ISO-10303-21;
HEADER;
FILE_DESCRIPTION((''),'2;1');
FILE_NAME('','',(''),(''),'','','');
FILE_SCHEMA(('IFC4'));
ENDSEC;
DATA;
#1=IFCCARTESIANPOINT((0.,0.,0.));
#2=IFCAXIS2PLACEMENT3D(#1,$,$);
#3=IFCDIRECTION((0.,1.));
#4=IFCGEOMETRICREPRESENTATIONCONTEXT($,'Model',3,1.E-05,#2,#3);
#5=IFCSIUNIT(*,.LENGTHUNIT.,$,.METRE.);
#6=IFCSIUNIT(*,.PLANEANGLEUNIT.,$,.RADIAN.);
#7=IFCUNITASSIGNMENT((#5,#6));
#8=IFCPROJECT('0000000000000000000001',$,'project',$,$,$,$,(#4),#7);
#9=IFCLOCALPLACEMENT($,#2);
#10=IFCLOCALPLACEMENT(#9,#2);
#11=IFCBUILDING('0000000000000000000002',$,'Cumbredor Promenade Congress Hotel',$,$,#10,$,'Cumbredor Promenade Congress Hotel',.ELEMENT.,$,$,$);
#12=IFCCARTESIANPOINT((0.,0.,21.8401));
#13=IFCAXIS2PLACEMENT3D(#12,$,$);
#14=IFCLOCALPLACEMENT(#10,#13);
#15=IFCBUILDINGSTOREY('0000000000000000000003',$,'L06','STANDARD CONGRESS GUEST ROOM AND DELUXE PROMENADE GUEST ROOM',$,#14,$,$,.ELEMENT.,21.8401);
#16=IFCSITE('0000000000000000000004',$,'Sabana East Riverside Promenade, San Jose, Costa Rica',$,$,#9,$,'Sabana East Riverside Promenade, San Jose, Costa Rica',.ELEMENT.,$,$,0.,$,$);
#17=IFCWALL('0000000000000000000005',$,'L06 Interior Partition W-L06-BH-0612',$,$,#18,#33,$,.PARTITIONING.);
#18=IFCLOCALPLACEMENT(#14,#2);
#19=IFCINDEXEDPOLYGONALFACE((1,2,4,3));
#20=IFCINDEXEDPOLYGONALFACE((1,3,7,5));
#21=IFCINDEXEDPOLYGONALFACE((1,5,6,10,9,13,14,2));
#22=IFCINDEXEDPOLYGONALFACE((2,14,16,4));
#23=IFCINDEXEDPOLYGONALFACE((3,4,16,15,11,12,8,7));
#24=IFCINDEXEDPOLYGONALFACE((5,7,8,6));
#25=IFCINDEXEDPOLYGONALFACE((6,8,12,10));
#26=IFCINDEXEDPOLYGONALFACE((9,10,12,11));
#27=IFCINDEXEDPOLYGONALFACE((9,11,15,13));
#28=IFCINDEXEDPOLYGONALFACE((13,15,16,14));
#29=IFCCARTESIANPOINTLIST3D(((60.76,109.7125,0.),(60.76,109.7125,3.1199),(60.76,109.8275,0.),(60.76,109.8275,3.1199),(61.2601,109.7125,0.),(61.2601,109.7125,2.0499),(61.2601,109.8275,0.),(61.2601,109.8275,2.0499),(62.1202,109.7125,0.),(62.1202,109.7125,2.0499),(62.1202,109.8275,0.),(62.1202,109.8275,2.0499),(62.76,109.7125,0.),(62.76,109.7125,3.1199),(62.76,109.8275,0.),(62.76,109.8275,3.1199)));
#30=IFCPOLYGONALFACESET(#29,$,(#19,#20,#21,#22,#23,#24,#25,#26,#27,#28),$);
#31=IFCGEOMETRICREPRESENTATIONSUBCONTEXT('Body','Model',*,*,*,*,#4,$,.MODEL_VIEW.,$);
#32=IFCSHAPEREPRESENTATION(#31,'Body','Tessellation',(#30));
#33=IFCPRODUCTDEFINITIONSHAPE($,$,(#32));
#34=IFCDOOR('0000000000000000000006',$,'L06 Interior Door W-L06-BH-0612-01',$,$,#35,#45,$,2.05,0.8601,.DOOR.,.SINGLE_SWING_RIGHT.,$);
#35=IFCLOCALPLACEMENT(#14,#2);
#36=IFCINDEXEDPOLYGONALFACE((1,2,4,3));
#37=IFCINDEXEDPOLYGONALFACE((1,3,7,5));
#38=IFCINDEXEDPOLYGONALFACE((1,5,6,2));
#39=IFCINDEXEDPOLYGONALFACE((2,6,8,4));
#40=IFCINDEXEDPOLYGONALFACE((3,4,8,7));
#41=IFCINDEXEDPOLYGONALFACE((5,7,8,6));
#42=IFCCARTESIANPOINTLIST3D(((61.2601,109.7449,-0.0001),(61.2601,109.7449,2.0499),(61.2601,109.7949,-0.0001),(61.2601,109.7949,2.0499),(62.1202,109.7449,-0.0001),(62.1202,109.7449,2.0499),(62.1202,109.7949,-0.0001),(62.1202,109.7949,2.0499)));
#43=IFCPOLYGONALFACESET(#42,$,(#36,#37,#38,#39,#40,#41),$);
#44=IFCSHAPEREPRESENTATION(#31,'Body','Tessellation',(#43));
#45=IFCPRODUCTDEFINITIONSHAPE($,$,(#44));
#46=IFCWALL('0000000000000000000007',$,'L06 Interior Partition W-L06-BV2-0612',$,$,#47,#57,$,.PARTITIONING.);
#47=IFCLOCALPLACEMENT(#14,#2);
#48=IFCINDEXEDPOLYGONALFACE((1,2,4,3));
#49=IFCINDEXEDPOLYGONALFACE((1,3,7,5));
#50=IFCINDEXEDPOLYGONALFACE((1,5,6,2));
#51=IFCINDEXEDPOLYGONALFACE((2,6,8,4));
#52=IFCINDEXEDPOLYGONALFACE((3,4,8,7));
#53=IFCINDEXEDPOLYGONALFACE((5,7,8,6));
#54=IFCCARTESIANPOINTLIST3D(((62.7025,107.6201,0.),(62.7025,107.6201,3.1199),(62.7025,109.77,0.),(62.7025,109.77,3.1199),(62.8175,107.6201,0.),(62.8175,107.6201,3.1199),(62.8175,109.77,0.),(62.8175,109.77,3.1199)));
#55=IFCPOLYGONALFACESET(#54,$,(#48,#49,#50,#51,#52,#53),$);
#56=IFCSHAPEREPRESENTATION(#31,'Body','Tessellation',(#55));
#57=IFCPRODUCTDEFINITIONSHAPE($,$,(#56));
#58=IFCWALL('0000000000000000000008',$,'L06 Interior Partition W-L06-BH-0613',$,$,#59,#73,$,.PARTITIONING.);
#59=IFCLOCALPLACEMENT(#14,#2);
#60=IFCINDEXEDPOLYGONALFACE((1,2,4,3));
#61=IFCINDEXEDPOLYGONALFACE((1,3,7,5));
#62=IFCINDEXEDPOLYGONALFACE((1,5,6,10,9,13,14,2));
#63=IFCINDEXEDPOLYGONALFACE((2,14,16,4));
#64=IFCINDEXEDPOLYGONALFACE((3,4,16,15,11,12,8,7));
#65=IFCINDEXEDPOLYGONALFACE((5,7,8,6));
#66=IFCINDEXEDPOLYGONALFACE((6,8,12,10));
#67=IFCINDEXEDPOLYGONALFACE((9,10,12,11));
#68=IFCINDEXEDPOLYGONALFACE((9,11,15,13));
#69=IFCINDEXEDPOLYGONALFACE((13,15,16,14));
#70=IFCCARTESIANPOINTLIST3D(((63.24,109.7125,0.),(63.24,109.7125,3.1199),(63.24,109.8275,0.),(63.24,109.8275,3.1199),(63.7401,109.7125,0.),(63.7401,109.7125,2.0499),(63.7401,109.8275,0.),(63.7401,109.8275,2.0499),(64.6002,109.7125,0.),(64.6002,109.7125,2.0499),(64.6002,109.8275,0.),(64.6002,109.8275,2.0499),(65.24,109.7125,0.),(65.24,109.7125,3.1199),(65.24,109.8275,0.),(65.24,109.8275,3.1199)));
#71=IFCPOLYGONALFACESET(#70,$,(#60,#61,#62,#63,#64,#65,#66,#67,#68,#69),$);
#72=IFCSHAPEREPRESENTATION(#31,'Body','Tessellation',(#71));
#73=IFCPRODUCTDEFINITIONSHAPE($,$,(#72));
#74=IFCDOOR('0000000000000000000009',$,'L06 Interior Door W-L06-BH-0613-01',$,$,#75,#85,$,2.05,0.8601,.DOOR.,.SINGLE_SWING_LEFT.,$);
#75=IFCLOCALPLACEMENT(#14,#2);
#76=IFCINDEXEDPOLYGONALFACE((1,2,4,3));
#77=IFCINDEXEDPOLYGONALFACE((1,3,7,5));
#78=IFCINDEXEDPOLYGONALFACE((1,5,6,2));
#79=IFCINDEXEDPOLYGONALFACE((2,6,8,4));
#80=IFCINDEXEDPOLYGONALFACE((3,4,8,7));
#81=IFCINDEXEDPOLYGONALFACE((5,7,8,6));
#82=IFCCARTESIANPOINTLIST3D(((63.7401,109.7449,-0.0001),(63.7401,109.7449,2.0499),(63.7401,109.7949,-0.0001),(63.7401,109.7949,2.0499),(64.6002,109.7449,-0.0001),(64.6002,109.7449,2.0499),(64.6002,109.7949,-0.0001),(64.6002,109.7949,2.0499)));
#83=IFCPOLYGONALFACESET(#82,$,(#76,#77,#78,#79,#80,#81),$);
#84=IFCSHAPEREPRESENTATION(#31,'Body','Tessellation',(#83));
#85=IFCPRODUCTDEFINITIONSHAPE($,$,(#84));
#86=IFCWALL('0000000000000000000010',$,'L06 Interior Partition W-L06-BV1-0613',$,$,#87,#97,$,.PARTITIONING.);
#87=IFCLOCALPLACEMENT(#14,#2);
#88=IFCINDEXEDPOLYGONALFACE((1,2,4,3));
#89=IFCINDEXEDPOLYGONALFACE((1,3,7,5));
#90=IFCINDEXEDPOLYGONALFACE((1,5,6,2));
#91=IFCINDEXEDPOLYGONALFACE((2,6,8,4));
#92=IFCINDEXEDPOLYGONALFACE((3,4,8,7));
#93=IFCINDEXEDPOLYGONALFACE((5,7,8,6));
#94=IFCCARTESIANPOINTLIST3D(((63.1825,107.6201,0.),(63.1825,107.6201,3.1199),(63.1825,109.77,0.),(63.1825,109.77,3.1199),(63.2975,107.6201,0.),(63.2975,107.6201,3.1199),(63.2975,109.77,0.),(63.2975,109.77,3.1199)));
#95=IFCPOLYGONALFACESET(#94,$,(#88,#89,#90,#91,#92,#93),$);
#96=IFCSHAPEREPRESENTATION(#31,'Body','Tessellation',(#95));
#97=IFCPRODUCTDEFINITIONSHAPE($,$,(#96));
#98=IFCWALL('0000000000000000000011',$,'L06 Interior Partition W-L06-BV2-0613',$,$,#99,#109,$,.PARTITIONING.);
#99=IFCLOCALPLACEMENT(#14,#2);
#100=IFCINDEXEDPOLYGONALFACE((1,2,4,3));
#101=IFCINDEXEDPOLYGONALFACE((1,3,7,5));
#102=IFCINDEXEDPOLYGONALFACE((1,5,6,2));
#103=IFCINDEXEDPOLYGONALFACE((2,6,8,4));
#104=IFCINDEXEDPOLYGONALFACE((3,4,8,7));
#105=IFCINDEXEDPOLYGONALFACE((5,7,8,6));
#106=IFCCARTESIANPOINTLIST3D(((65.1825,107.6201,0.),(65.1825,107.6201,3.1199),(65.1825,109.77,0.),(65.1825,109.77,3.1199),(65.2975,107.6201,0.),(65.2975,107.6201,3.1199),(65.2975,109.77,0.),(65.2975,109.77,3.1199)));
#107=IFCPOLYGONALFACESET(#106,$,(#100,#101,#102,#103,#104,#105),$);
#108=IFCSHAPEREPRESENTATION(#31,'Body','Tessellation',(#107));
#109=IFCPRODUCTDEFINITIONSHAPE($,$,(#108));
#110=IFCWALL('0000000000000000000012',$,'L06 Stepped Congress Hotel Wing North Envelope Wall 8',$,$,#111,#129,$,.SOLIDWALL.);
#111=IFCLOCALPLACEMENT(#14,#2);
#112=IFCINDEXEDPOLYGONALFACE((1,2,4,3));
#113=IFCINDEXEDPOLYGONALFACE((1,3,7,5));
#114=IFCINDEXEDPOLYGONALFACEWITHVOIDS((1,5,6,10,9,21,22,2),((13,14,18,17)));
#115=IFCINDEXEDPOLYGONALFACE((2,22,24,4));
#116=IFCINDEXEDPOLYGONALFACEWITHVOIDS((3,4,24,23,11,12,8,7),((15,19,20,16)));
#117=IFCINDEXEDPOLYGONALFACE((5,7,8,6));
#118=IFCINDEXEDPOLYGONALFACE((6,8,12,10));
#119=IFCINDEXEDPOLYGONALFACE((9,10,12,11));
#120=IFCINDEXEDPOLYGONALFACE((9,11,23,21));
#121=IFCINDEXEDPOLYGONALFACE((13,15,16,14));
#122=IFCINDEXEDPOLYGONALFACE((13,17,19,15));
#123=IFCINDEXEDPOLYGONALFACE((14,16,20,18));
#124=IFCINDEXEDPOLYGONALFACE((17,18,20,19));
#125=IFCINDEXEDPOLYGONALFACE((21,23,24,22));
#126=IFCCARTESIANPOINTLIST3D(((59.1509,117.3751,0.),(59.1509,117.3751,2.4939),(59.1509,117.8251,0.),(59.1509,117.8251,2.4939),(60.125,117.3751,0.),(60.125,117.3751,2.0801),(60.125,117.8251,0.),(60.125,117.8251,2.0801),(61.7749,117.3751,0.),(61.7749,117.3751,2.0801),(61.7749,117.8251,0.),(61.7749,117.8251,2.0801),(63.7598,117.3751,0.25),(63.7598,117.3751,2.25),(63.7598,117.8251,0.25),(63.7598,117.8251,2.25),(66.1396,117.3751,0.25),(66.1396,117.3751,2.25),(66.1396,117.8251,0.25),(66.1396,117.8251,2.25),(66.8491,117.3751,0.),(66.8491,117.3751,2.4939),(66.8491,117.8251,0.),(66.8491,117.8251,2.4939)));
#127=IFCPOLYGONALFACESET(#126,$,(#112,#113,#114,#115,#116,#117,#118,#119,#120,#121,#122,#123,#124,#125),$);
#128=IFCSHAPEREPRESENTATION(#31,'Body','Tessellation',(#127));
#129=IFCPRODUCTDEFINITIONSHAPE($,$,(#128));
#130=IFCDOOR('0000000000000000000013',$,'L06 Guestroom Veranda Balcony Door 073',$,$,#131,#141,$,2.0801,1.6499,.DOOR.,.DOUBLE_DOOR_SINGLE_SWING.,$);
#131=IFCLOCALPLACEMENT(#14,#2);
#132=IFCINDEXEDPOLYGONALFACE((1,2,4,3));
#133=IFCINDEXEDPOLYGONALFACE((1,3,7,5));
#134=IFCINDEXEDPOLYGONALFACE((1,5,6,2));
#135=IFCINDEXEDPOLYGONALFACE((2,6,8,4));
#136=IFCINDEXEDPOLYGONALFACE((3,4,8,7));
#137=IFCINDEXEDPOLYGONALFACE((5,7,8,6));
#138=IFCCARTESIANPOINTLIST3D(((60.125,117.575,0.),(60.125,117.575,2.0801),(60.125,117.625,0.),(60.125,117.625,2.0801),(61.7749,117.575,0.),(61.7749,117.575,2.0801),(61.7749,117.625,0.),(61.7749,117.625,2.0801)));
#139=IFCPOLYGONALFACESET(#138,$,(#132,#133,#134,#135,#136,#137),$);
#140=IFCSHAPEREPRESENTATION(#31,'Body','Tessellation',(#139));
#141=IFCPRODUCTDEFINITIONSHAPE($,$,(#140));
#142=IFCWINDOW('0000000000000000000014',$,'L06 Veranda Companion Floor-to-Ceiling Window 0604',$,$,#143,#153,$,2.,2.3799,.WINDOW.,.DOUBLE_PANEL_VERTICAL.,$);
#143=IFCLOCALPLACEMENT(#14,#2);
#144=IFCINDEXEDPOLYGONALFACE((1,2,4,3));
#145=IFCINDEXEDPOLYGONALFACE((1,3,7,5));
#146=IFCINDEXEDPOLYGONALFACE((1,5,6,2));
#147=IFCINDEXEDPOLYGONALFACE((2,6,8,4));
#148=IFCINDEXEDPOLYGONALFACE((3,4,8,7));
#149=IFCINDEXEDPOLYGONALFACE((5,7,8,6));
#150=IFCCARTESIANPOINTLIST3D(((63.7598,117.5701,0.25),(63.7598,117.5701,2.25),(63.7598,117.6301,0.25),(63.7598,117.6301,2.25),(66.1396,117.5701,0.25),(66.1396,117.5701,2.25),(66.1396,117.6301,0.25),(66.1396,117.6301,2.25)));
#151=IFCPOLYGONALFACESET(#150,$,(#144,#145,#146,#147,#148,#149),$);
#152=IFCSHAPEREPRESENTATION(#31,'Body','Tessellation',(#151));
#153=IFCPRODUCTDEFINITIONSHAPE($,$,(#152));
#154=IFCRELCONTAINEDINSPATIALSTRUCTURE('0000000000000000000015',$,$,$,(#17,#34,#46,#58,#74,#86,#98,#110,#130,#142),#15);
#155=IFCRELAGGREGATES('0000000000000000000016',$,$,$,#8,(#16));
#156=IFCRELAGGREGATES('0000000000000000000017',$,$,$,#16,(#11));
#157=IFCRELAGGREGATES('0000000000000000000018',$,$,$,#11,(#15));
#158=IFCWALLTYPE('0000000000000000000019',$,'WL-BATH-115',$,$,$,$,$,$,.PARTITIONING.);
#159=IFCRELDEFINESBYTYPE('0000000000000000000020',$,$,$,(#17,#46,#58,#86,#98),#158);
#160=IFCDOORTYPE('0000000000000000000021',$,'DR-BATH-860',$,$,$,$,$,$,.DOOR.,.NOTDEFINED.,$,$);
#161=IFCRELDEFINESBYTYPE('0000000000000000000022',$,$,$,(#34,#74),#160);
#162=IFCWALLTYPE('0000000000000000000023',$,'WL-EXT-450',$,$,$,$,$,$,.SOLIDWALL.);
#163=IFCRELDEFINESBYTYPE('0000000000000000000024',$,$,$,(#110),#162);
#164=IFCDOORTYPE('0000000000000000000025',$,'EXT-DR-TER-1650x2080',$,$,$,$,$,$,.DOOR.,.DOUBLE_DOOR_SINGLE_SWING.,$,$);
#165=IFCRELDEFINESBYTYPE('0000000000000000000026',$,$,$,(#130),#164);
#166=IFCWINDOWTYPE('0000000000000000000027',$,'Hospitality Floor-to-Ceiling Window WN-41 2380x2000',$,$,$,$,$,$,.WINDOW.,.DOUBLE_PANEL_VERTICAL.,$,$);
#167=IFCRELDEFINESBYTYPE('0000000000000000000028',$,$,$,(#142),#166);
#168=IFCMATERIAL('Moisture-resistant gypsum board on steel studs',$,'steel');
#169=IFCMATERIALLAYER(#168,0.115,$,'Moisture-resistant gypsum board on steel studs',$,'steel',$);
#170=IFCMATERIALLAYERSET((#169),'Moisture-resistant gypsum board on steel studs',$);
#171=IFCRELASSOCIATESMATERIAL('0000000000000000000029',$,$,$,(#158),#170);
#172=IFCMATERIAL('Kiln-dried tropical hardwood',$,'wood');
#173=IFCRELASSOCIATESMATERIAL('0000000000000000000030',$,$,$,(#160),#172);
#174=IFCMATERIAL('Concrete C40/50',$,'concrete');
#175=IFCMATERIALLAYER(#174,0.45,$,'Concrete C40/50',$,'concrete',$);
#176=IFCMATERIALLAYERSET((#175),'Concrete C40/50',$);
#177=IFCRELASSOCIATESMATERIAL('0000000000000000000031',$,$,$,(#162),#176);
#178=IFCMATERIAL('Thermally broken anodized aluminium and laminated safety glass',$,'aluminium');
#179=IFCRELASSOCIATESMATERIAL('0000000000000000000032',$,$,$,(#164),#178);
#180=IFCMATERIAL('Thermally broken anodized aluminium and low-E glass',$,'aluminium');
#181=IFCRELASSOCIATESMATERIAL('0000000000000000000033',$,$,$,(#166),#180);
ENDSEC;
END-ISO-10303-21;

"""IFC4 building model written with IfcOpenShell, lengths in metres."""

from ifc_helpers import new_model, si_unit, direction, frame, frame_2d, origin, place, context, subcontext, project, spatial, rectangle, extrude, material, layer, layer_set, type_object, element, fill, save


model = new_model("IFC4")

# Units and contexts
model_context = context("Model", 3, precision=1e-05, world=origin(), true_north=direction((0.0, 1.0)))
body_context = subcontext(model_context, "Body", "Model", "MODEL_VIEW")
ifc_project = project(units=[si_unit("LENGTHUNIT", "METRE"), si_unit("PLANEANGLEUNIT", "RADIAN")], contexts=[model_context])

# Site, building, storey
site_placement = place(None, origin())
site = spatial("IfcSite", under=ifc_project, at=site_placement, Name="Sabana East Riverside Promenade, San Jose, Costa Rica", LongName="Sabana East Riverside Promenade, San Jose, Costa Rica", CompositionType="ELEMENT", RefElevation=0.0)
building_placement = place(site_placement, origin())
building = spatial("IfcBuilding", under=site, at=building_placement, Name="Cumbredor Promenade Congress Hotel", LongName="Cumbredor Promenade Congress Hotel", CompositionType="ELEMENT")
storey_placement = place(building_placement, frame((0.0, 0.0, 21.8401)))
storey = spatial("IfcBuildingStorey", under=building, at=storey_placement, Name="L06", Description="STANDARD CONGRESS GUEST ROOM AND DELUXE PROMENADE GUEST ROOM", CompositionType="ELEMENT", Elevation=21.8401)

# Shared definitions
ifc_material_1 = material(Name="Concrete C40/50", Category="concrete")

# Shared definitions
ifc_material_2 = material(Name="Thermally broken anodized aluminium and low-E glass", Category="aluminium")

# Shared definitions
ifc_material_3 = material(Name="Kiln-dried tropical hardwood", Category="wood")

# Wall, opening, door
ifc_material_4 = material(Name="Moisture-resistant gypsum board on steel studs", Category="steel")
ifc_layer_1 = layer(ifc_material_4, 0.115, Name="Moisture-resistant gypsum board on steel studs", Category="steel")
ifc_layer_set_1 = layer_set([ifc_layer_1], Name="Moisture-resistant gypsum board on steel studs")
wall_type_1 = type_object("IfcWallType", Name="WL-BATH-115", PredefinedType="PARTITIONING", material=ifc_layer_set_1)
wall_1_placement = place(storey_placement, frame((60.76, 109.77, 0.0), z_axis=(0.0, 0.0, 1.0), x_axis=(1.0, 0.0, 0.0)))
wall_1 = element("IfcWall", 1, at=wall_1_placement, inside=storey, type_object=wall_type_1, Name="L06 Interior Partition W-L06-BH-0612", PredefinedType="PARTITIONING", context=body_context, shape_type="SweptSolid", body=[
    extrude(rectangle(XDim=2.0, YDim=0.115, at=frame_2d((1.0, 0.0))), origin(), (0.0, 0.0, 1.0), 3.1199),
])
opening_1_placement = place(wall_1_placement, frame((0.5, 0.0, 0.0)))
opening_1 = element("IfcOpeningElement", 2, at=opening_1_placement, cuts=wall_1, PredefinedType="OPENING", context=body_context, shape_type="SweptSolid", body=[
    extrude(rectangle(XDim=0.8601, YDim=2.05, at=frame_2d((0.4302, 1.0249))), frame((0.0, 0.0674, 0.0), z_axis=(0.0, -1.0, 0.0), x_axis=(1.0, 0.0, 0.0)), (0.0, 0.0, 1.0), 0.135),
])
door_type_1 = type_object("IfcDoorType", Name="DR-BATH-860", OperationType="NOTDEFINED", PredefinedType="DOOR", material=ifc_material_3)
door_1_placement = place(opening_1_placement, origin())
door_1 = element("IfcDoor", 3, at=door_1_placement, inside=storey, type_object=door_type_1, Name="L06 Interior Door W-L06-BH-0612-01", OperationType="SINGLE_SWING_RIGHT", OverallHeight=2.05, OverallWidth=0.8601, PredefinedType="DOOR", context=body_context, shape_type="SweptSolid", body=[
    extrude(rectangle(XDim=0.8601, YDim=2.05, at=frame_2d((0.4302, 1.0249))), frame((0.0, 0.0249, 0.0), z_axis=(0.0, -1.0, 0.0), x_axis=(1.0, 0.0, 0.0)), (0.0, 0.0, 1.0), 0.05),
])
fill(opening_1, door_1)

# Wall
wall_2_placement = place(storey_placement, frame((62.76, 107.6201, 0.0), z_axis=(0.0, 0.0, 1.0), x_axis=(0.0, 1.0, 0.0)))
element("IfcWall", 4, at=wall_2_placement, inside=storey, type_object=wall_type_1, Name="L06 Interior Partition W-L06-BV2-0612", PredefinedType="PARTITIONING", context=body_context, shape_type="SweptSolid", body=[
    extrude(rectangle(XDim=2.1499, YDim=0.115, at=frame_2d((1.075, 0.0))), origin(), (0.0, 0.0, 1.0), 3.1199),
])

# Wall, opening, door
wall_3_placement = place(storey_placement, frame((63.24, 109.77, 0.0), z_axis=(0.0, 0.0, 1.0), x_axis=(1.0, 0.0, 0.0)))
wall_3 = element("IfcWall", 5, at=wall_3_placement, inside=storey, type_object=wall_type_1, Name="L06 Interior Partition W-L06-BH-0613", PredefinedType="PARTITIONING", context=body_context, shape_type="SweptSolid", body=[
    extrude(rectangle(XDim=2.0, YDim=0.115, at=frame_2d((1.0, 0.0))), origin(), (0.0, 0.0, 1.0), 3.1199),
])
opening_2_placement = place(wall_3_placement, frame((0.5, 0.0, 0.0)))
opening_2 = element("IfcOpeningElement", 6, at=opening_2_placement, cuts=wall_3, PredefinedType="OPENING", context=body_context, shape_type="SweptSolid", body=[
    extrude(rectangle(XDim=0.8601, YDim=2.05, at=frame_2d((0.4302, 1.0249))), frame((0.0, 0.0674, 0.0), z_axis=(0.0, -1.0, 0.0), x_axis=(1.0, 0.0, 0.0)), (0.0, 0.0, 1.0), 0.135),
])
door_2_placement = place(opening_2_placement, origin())
door_2 = element("IfcDoor", 7, at=door_2_placement, inside=storey, type_object=door_type_1, Name="L06 Interior Door W-L06-BH-0613-01", OperationType="SINGLE_SWING_LEFT", OverallHeight=2.05, OverallWidth=0.8601, PredefinedType="DOOR", context=body_context, shape_type="SweptSolid", body=[
    extrude(rectangle(XDim=0.8601, YDim=2.05, at=frame_2d((0.4302, 1.0249))), frame((0.0, 0.0249, 0.0), z_axis=(0.0, -1.0, 0.0), x_axis=(1.0, 0.0, 0.0)), (0.0, 0.0, 1.0), 0.05),
])
fill(opening_2, door_2)

# Walls
for number, where, z_axis, x_axis, name in (
    (8, (63.24, 107.6201, 0.0), (0.0, 0.0, 1.0), (0.0, 1.0, 0.0), "L06 Interior Partition W-L06-BV1-0613"),
    (9, (65.24, 107.6201, 0.0), (0.0, 0.0, 1.0), (0.0, 1.0, 0.0), "L06 Interior Partition W-L06-BV2-0613"),
):
    element("IfcWall", number, at=place(storey_placement, frame(where, z_axis=z_axis, x_axis=x_axis)), inside=storey, type_object=wall_type_1, Name=name, PredefinedType="PARTITIONING", context=body_context, shape_type="SweptSolid", body=[
        extrude(rectangle(XDim=2.1499, YDim=0.115, at=frame_2d((1.075, 0.0))), origin(), (0.0, 0.0, 1.0), 3.1199),
    ])

# Wall, openings, door, window
ifc_layer_2 = layer(ifc_material_1, 0.45, Name="Concrete C40/50", Category="concrete")
ifc_layer_set_2 = layer_set([ifc_layer_2], Name="Concrete C40/50")
wall_type_2 = type_object("IfcWallType", Name="WL-EXT-450", PredefinedType="SOLIDWALL", material=ifc_layer_set_2)
wall_4_placement = place(storey_placement, frame((59.1509, 117.6001, 0.0), z_axis=(0.0, 0.0, 1.0), x_axis=(1.0, 0.0, 0.0)))
wall_4 = element("IfcWall", 10, at=wall_4_placement, inside=storey, type_object=wall_type_2, Name="L06 Stepped Congress Hotel Wing North Envelope Wall 8", PredefinedType="SOLIDWALL", context=body_context, shape_type="SweptSolid", body=[
    extrude(rectangle(XDim=7.6982, YDim=0.45, at=frame_2d((3.8491, 0.0))), origin(), (0.0, 0.0, 1.0), 2.4939),
])
opening_3_placement = place(wall_4_placement, frame((0.9741, 0.0, 0.0)))
opening_3 = element("IfcOpeningElement", 11, at=opening_3_placement, cuts=wall_4, PredefinedType="OPENING", context=body_context, shape_type="SweptSolid", body=[
    extrude(rectangle(XDim=1.6499, YDim=2.0801, at=frame_2d((0.825, 1.04))), frame((0.0, 0.2349, 0.0), z_axis=(0.0, -1.0, 0.0), x_axis=(1.0, 0.0, 0.0)), (0.0, 0.0, 1.0), 0.47),
])
opening_4_placement = place(wall_4_placement, frame((4.6089, 0.0, 0.25)))
opening_4 = element("IfcOpeningElement", 12, at=opening_4_placement, cuts=wall_4, PredefinedType="OPENING", context=body_context, shape_type="SweptSolid", body=[
    extrude(rectangle(XDim=2.3799, YDim=2.0, at=frame_2d((1.1899, 1.0))), frame((0.0, 0.2349, 0.0), z_axis=(0.0, -1.0, 0.0), x_axis=(1.0, 0.0, 0.0)), (0.0, 0.0, 1.0), 0.47),
])
ifc_material_5 = material(Name="Thermally broken anodized aluminium and laminated safety glass", Category="aluminium")
door_type_2 = type_object("IfcDoorType", Name="EXT-DR-TER-1650x2080", OperationType="DOUBLE_DOOR_SINGLE_SWING", PredefinedType="DOOR", material=ifc_material_5)
door_3_placement = place(opening_3_placement, origin())
door_3 = element("IfcDoor", 13, at=door_3_placement, inside=storey, type_object=door_type_2, Name="L06 Guestroom Veranda Balcony Door 073", OperationType="DOUBLE_DOOR_SINGLE_SWING", OverallHeight=2.0801, OverallWidth=1.6499, PredefinedType="DOOR", context=body_context, shape_type="SweptSolid", body=[
    extrude(rectangle(XDim=1.6499, YDim=2.0801, at=frame_2d((0.825, 1.04))), frame((0.0, 0.0249, 0.0), z_axis=(0.0, -1.0, 0.0), x_axis=(1.0, 0.0, 0.0)), (0.0, 0.0, 1.0), 0.05),
])
fill(opening_3, door_3)
window_type = type_object("IfcWindowType", Name="Hospitality Floor-to-Ceiling Window WN-41 2380x2000", PartitioningType="DOUBLE_PANEL_VERTICAL", PredefinedType="WINDOW", material=ifc_material_2)
window_placement = place(opening_4_placement, origin())
window = element("IfcWindow", 14, at=window_placement, inside=storey, type_object=window_type, Name="L06 Veranda Companion Floor-to-Ceiling Window 0604", OverallHeight=2.0, OverallWidth=2.3799, PartitioningType="DOUBLE_PANEL_VERTICAL", PredefinedType="WINDOW", context=body_context, shape_type="SweptSolid", body=[
    extrude(rectangle(XDim=2.3799, YDim=2.0, at=frame_2d((1.1899, 1.0))), frame((0.0, 0.03, 0.0), z_axis=(0.0, -1.0, 0.0), x_axis=(1.0, 0.0, 0.0)), (0.0, 0.0, 1.0), 0.0601),
])
fill(opening_4, window)

save(model, "model.ifc")
